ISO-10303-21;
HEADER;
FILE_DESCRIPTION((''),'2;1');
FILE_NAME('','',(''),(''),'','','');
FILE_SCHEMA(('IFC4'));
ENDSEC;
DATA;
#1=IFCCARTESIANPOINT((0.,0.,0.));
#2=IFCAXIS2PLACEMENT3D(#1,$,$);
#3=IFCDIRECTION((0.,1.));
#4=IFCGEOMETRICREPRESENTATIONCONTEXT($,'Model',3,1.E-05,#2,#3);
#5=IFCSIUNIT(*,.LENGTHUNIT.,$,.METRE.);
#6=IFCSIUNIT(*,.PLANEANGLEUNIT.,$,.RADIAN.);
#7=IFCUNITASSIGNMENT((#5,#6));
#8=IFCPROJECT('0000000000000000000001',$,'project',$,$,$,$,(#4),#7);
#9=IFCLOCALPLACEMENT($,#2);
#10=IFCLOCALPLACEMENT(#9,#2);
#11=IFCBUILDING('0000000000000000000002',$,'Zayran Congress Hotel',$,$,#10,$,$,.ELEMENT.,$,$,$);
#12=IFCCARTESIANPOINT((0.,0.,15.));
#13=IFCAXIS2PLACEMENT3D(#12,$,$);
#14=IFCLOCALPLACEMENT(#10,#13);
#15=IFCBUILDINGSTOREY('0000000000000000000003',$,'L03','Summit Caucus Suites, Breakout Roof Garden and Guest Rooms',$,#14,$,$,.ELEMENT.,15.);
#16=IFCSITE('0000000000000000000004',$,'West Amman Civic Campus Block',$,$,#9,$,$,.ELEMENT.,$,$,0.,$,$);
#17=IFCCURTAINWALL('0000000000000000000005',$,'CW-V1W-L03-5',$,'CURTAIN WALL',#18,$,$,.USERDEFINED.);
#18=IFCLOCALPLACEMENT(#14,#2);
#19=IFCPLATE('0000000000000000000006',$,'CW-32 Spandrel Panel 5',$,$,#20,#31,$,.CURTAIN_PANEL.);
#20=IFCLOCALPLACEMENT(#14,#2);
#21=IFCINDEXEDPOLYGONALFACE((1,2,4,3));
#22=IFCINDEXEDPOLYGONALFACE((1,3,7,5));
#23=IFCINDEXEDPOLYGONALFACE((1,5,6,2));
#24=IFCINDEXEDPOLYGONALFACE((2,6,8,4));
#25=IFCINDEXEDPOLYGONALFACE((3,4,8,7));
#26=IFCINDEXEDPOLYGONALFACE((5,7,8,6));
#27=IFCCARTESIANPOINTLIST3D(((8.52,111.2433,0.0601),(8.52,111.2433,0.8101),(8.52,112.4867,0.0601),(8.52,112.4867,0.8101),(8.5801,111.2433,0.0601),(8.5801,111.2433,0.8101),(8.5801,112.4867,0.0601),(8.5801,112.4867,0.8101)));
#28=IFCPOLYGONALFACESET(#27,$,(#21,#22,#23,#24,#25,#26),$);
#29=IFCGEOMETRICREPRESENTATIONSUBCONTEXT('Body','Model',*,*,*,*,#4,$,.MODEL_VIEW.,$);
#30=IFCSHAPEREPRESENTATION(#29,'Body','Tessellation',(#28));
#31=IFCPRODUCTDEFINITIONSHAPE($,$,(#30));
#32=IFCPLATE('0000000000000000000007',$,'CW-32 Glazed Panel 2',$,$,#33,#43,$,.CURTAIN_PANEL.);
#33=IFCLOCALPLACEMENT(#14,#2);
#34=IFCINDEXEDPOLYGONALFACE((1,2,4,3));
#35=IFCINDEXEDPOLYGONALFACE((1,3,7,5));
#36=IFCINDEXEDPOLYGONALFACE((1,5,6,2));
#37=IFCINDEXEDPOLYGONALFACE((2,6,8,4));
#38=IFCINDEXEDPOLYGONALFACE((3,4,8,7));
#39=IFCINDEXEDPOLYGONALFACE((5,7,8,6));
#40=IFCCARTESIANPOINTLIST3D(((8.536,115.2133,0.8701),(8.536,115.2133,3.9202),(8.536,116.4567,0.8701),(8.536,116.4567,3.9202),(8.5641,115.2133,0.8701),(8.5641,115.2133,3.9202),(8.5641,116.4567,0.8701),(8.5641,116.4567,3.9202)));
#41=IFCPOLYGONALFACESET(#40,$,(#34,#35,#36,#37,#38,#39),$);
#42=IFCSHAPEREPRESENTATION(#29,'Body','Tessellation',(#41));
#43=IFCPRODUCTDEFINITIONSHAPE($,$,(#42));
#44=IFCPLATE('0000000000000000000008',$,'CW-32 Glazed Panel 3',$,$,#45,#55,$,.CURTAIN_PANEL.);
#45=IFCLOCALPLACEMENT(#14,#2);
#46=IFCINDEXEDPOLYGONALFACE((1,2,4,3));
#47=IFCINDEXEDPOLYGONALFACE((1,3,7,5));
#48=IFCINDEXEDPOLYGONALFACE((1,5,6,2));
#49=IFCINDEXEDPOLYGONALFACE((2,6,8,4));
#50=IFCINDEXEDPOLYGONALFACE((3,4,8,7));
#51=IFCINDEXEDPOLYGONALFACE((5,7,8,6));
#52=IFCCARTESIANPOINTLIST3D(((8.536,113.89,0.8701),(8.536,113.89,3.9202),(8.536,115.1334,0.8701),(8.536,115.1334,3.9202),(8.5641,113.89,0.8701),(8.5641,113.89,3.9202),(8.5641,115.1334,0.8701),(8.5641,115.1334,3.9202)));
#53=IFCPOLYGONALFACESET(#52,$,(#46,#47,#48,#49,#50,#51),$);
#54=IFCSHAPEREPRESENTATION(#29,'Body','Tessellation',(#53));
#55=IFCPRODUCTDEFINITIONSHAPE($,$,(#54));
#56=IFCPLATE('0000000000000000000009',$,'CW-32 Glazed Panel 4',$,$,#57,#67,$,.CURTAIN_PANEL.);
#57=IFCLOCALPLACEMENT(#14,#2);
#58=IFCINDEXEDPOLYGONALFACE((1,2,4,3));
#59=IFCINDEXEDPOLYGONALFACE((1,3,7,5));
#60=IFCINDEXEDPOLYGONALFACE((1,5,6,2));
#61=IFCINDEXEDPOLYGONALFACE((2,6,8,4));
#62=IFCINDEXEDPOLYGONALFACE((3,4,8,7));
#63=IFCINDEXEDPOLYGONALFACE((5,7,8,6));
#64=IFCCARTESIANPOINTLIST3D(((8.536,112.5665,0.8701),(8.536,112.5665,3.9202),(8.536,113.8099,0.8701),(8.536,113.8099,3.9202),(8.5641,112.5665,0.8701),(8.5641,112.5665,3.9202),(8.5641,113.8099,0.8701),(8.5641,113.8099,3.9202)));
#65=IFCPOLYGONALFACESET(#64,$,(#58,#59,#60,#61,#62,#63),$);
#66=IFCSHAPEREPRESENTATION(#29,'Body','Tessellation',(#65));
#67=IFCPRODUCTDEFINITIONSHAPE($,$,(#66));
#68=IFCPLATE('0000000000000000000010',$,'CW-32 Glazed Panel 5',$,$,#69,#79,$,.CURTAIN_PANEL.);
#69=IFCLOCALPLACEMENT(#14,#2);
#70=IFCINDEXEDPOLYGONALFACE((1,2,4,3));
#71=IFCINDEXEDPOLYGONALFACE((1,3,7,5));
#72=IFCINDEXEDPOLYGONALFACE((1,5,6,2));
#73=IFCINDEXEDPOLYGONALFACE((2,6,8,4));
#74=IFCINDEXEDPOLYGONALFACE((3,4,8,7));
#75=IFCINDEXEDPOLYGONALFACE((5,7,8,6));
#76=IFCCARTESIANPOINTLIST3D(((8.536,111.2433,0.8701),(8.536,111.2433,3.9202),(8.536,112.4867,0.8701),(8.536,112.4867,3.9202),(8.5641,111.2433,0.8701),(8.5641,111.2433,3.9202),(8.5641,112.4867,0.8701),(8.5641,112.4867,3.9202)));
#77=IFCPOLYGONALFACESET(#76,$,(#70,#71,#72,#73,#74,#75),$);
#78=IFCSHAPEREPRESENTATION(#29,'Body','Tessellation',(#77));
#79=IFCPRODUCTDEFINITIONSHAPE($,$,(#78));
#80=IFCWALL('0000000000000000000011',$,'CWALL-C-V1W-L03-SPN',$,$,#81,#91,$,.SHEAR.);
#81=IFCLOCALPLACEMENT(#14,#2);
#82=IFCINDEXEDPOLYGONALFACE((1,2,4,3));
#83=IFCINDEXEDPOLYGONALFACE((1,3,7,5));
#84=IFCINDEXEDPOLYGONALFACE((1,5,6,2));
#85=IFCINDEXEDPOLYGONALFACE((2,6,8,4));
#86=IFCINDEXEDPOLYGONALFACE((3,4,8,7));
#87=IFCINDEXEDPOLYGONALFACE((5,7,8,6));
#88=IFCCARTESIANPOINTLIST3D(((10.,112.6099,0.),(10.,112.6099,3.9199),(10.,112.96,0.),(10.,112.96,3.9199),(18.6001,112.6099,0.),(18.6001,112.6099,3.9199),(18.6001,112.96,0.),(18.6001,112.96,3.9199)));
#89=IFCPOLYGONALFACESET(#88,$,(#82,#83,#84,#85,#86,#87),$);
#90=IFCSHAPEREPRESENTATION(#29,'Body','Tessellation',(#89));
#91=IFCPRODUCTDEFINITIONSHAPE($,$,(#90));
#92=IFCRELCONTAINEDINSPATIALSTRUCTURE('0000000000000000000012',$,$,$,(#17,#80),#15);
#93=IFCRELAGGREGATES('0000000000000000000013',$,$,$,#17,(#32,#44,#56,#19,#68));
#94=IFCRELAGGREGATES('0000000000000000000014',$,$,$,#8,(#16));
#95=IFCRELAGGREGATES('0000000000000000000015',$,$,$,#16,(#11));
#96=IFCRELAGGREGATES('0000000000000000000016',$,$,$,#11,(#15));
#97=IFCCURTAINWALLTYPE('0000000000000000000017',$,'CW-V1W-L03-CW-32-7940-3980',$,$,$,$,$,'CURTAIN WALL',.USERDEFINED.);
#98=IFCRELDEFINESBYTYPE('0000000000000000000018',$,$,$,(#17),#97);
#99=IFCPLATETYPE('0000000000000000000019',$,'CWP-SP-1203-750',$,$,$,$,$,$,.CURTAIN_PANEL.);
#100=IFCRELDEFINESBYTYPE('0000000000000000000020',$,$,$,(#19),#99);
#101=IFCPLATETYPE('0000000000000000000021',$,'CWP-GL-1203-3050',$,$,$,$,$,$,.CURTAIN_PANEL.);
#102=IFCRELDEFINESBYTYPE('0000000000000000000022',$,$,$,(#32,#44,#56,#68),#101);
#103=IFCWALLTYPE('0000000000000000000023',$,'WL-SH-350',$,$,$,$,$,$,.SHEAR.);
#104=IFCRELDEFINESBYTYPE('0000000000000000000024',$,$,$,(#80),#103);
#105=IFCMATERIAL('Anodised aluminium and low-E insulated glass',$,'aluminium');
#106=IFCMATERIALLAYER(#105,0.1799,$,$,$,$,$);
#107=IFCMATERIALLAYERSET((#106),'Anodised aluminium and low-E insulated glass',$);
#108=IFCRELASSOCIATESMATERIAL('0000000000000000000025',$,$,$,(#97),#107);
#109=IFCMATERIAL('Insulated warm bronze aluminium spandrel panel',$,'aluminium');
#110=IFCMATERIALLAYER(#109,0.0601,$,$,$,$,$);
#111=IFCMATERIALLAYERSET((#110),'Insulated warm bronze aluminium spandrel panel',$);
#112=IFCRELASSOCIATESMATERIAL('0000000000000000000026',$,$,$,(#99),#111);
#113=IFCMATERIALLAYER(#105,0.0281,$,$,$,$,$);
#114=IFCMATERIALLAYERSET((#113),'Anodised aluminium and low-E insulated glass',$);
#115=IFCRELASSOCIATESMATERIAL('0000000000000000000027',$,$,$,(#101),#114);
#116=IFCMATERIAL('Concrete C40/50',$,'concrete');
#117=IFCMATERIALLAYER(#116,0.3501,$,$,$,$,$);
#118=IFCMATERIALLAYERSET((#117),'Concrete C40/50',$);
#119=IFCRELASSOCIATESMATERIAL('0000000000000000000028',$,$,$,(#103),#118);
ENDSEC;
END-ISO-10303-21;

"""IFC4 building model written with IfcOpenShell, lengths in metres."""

from ifc_helpers import new_model, si_unit, direction, frame, frame_2d, origin, origin_2d, place, context, subcontext, project, spatial, rectangle, extrude, material, layer, layer_set, type_object, element, aggregate, save


model = new_model("IFC4")

# Units and contexts
model_context = context("Model", 3, precision=1e-05, world=origin(), true_north=direction((0.0, 1.0)))
body_context = subcontext(model_context, "Body", "Model", "MODEL_VIEW")
ifc_project = project(units=[si_unit("LENGTHUNIT", "METRE"), si_unit("PLANEANGLEUNIT", "RADIAN")], contexts=[model_context])

# Site, building, storey
site_placement = place(None, origin())
site = spatial("IfcSite", under=ifc_project, at=site_placement, Name="West Amman Civic Campus Block", CompositionType="ELEMENT", RefElevation=0.0)
building_placement = place(site_placement, origin())
building = spatial("IfcBuilding", under=site, at=building_placement, Name="Zayran Congress Hotel", CompositionType="ELEMENT")
storey_placement = place(building_placement, frame((0.0, 0.0, 15.0)))
storey = spatial("IfcBuildingStorey", under=building, at=storey_placement, Name="L03", Description="Summit Caucus Suites, Breakout Roof Garden and Guest Rooms", CompositionType="ELEMENT", Elevation=15.0)

# Curtain wall, plates
ifc_material_1 = material(Name="Anodised aluminium and low-E insulated glass", Category="aluminium")
ifc_layer_1 = layer(ifc_material_1, 0.1799)
ifc_layer_set_1 = layer_set([ifc_layer_1], Name="Anodised aluminium and low-E insulated glass")
curtain_wall_type = type_object("IfcCurtainWallType", Name="CW-V1W-L03-CW-32-7940-3980", ElementType="CURTAIN WALL", PredefinedType="USERDEFINED", material=ifc_layer_set_1)
curtain_wall_placement = place(storey_placement, origin())
curtain_wall = element("IfcCurtainWall", 1, at=curtain_wall_placement, inside=storey, type_object=curtain_wall_type, Name="CW-V1W-L03-5", ObjectType="CURTAIN WALL", PredefinedType="USERDEFINED")
ifc_material_2 = material(Name="Insulated warm bronze aluminium spandrel panel", Category="aluminium")
ifc_layer_2 = layer(ifc_material_2, 0.0601)
ifc_layer_set_2 = layer_set([ifc_layer_2], Name="Insulated warm bronze aluminium spandrel panel")
plate_type_1 = type_object("IfcPlateType", Name="CWP-SP-1203-750", PredefinedType="CURTAIN_PANEL", material=ifc_layer_set_2)
plate_1_placement = place(storey_placement, frame((8.55, 111.865, 0.0601), z_axis=(0.0, 0.0, 1.0), x_axis=(0.0, 1.0, 0.0)))
plate_1 = element("IfcPlate", 2, at=plate_1_placement, type_object=plate_type_1, Name="CW-32 Spandrel Panel 5", PredefinedType="CURTAIN_PANEL", context=body_context, shape_type="SweptSolid", body=[
    extrude(rectangle(XDim=1.2434, YDim=0.0601, at=origin_2d()), origin(), (0.0, 0.0, 1.0), 0.75),
])
ifc_layer_3 = layer(ifc_material_1, 0.0281)
ifc_layer_set_3 = layer_set([ifc_layer_3], Name="Anodised aluminium and low-E insulated glass")
plate_type_2 = type_object("IfcPlateType", Name="CWP-GL-1203-3050", PredefinedType="CURTAIN_PANEL", material=ifc_layer_set_3)
plate_2_placement = place(storey_placement, frame((8.55, 115.835, 0.8701), z_axis=(0.0, 0.0, 1.0), x_axis=(0.0, 1.0, 0.0)))
plate_2 = element("IfcPlate", 3, at=plate_2_placement, type_object=plate_type_2, Name="CW-32 Glazed Panel 2", PredefinedType="CURTAIN_PANEL", context=body_context, shape_type="SweptSolid", body=[
    extrude(rectangle(XDim=1.2434, YDim=0.0281, at=origin_2d()), origin(), (0.0, 0.0, 1.0), 3.05),
])
plate_3_placement = place(storey_placement, frame((8.55, 114.5117, 0.8701), z_axis=(0.0, 0.0, 1.0), x_axis=(0.0, 1.0, 0.0)))
plate_3 = element("IfcPlate", 4, at=plate_3_placement, type_object=plate_type_2, Name="CW-32 Glazed Panel 3", PredefinedType="CURTAIN_PANEL", context=body_context, shape_type="SweptSolid", body=[
    extrude(rectangle(XDim=1.2434, YDim=0.0281, at=origin_2d()), origin(), (0.0, 0.0, 1.0), 3.05),
])
plate_4_placement = place(storey_placement, frame((8.55, 113.1882, 0.8701), z_axis=(0.0, 0.0, 1.0), x_axis=(0.0, 1.0, 0.0)))
plate_4 = element("IfcPlate", 5, at=plate_4_placement, type_object=plate_type_2, Name="CW-32 Glazed Panel 4", PredefinedType="CURTAIN_PANEL", context=body_context, shape_type="SweptSolid", body=[
    extrude(rectangle(XDim=1.2434, YDim=0.0281, at=origin_2d()), origin(), (0.0, 0.0, 1.0), 3.05),
])
plate_5_placement = place(storey_placement, frame((8.55, 111.865, 0.8701), z_axis=(0.0, 0.0, 1.0), x_axis=(0.0, 1.0, 0.0)))
plate_5 = element("IfcPlate", 6, at=plate_5_placement, type_object=plate_type_2, Name="CW-32 Glazed Panel 5", PredefinedType="CURTAIN_PANEL", context=body_context, shape_type="SweptSolid", body=[
    extrude(rectangle(XDim=1.2434, YDim=0.0281, at=origin_2d()), origin(), (0.0, 0.0, 1.0), 3.05),
])
aggregate(curtain_wall, [plate_2, plate_3, plate_4, plate_1, plate_5])

# Wall
ifc_material_3 = material(Name="Concrete C40/50", Category="concrete")
ifc_layer_4 = layer(ifc_material_3, 0.3501)
ifc_layer_set_4 = layer_set([ifc_layer_4], Name="Concrete C40/50")
wall_type = type_object("IfcWallType", Name="WL-SH-350", PredefinedType="SHEAR", material=ifc_layer_set_4)
wall_placement = place(storey_placement, frame((10.0, 112.7849, 0.0), z_axis=(0.0, 0.0, 1.0), x_axis=(1.0, 0.0, 0.0)))
element("IfcWall", 7, at=wall_placement, inside=storey, type_object=wall_type, Name="CWALL-C-V1W-L03-SPN", PredefinedType="SHEAR", context=body_context, shape_type="SweptSolid", body=[
    extrude(rectangle(XDim=8.6001, YDim=0.3501, at=frame_2d((4.3, 0.0))), origin(), (0.0, 0.0, 1.0), 3.9199),
])

save(model, "model.ifc")
